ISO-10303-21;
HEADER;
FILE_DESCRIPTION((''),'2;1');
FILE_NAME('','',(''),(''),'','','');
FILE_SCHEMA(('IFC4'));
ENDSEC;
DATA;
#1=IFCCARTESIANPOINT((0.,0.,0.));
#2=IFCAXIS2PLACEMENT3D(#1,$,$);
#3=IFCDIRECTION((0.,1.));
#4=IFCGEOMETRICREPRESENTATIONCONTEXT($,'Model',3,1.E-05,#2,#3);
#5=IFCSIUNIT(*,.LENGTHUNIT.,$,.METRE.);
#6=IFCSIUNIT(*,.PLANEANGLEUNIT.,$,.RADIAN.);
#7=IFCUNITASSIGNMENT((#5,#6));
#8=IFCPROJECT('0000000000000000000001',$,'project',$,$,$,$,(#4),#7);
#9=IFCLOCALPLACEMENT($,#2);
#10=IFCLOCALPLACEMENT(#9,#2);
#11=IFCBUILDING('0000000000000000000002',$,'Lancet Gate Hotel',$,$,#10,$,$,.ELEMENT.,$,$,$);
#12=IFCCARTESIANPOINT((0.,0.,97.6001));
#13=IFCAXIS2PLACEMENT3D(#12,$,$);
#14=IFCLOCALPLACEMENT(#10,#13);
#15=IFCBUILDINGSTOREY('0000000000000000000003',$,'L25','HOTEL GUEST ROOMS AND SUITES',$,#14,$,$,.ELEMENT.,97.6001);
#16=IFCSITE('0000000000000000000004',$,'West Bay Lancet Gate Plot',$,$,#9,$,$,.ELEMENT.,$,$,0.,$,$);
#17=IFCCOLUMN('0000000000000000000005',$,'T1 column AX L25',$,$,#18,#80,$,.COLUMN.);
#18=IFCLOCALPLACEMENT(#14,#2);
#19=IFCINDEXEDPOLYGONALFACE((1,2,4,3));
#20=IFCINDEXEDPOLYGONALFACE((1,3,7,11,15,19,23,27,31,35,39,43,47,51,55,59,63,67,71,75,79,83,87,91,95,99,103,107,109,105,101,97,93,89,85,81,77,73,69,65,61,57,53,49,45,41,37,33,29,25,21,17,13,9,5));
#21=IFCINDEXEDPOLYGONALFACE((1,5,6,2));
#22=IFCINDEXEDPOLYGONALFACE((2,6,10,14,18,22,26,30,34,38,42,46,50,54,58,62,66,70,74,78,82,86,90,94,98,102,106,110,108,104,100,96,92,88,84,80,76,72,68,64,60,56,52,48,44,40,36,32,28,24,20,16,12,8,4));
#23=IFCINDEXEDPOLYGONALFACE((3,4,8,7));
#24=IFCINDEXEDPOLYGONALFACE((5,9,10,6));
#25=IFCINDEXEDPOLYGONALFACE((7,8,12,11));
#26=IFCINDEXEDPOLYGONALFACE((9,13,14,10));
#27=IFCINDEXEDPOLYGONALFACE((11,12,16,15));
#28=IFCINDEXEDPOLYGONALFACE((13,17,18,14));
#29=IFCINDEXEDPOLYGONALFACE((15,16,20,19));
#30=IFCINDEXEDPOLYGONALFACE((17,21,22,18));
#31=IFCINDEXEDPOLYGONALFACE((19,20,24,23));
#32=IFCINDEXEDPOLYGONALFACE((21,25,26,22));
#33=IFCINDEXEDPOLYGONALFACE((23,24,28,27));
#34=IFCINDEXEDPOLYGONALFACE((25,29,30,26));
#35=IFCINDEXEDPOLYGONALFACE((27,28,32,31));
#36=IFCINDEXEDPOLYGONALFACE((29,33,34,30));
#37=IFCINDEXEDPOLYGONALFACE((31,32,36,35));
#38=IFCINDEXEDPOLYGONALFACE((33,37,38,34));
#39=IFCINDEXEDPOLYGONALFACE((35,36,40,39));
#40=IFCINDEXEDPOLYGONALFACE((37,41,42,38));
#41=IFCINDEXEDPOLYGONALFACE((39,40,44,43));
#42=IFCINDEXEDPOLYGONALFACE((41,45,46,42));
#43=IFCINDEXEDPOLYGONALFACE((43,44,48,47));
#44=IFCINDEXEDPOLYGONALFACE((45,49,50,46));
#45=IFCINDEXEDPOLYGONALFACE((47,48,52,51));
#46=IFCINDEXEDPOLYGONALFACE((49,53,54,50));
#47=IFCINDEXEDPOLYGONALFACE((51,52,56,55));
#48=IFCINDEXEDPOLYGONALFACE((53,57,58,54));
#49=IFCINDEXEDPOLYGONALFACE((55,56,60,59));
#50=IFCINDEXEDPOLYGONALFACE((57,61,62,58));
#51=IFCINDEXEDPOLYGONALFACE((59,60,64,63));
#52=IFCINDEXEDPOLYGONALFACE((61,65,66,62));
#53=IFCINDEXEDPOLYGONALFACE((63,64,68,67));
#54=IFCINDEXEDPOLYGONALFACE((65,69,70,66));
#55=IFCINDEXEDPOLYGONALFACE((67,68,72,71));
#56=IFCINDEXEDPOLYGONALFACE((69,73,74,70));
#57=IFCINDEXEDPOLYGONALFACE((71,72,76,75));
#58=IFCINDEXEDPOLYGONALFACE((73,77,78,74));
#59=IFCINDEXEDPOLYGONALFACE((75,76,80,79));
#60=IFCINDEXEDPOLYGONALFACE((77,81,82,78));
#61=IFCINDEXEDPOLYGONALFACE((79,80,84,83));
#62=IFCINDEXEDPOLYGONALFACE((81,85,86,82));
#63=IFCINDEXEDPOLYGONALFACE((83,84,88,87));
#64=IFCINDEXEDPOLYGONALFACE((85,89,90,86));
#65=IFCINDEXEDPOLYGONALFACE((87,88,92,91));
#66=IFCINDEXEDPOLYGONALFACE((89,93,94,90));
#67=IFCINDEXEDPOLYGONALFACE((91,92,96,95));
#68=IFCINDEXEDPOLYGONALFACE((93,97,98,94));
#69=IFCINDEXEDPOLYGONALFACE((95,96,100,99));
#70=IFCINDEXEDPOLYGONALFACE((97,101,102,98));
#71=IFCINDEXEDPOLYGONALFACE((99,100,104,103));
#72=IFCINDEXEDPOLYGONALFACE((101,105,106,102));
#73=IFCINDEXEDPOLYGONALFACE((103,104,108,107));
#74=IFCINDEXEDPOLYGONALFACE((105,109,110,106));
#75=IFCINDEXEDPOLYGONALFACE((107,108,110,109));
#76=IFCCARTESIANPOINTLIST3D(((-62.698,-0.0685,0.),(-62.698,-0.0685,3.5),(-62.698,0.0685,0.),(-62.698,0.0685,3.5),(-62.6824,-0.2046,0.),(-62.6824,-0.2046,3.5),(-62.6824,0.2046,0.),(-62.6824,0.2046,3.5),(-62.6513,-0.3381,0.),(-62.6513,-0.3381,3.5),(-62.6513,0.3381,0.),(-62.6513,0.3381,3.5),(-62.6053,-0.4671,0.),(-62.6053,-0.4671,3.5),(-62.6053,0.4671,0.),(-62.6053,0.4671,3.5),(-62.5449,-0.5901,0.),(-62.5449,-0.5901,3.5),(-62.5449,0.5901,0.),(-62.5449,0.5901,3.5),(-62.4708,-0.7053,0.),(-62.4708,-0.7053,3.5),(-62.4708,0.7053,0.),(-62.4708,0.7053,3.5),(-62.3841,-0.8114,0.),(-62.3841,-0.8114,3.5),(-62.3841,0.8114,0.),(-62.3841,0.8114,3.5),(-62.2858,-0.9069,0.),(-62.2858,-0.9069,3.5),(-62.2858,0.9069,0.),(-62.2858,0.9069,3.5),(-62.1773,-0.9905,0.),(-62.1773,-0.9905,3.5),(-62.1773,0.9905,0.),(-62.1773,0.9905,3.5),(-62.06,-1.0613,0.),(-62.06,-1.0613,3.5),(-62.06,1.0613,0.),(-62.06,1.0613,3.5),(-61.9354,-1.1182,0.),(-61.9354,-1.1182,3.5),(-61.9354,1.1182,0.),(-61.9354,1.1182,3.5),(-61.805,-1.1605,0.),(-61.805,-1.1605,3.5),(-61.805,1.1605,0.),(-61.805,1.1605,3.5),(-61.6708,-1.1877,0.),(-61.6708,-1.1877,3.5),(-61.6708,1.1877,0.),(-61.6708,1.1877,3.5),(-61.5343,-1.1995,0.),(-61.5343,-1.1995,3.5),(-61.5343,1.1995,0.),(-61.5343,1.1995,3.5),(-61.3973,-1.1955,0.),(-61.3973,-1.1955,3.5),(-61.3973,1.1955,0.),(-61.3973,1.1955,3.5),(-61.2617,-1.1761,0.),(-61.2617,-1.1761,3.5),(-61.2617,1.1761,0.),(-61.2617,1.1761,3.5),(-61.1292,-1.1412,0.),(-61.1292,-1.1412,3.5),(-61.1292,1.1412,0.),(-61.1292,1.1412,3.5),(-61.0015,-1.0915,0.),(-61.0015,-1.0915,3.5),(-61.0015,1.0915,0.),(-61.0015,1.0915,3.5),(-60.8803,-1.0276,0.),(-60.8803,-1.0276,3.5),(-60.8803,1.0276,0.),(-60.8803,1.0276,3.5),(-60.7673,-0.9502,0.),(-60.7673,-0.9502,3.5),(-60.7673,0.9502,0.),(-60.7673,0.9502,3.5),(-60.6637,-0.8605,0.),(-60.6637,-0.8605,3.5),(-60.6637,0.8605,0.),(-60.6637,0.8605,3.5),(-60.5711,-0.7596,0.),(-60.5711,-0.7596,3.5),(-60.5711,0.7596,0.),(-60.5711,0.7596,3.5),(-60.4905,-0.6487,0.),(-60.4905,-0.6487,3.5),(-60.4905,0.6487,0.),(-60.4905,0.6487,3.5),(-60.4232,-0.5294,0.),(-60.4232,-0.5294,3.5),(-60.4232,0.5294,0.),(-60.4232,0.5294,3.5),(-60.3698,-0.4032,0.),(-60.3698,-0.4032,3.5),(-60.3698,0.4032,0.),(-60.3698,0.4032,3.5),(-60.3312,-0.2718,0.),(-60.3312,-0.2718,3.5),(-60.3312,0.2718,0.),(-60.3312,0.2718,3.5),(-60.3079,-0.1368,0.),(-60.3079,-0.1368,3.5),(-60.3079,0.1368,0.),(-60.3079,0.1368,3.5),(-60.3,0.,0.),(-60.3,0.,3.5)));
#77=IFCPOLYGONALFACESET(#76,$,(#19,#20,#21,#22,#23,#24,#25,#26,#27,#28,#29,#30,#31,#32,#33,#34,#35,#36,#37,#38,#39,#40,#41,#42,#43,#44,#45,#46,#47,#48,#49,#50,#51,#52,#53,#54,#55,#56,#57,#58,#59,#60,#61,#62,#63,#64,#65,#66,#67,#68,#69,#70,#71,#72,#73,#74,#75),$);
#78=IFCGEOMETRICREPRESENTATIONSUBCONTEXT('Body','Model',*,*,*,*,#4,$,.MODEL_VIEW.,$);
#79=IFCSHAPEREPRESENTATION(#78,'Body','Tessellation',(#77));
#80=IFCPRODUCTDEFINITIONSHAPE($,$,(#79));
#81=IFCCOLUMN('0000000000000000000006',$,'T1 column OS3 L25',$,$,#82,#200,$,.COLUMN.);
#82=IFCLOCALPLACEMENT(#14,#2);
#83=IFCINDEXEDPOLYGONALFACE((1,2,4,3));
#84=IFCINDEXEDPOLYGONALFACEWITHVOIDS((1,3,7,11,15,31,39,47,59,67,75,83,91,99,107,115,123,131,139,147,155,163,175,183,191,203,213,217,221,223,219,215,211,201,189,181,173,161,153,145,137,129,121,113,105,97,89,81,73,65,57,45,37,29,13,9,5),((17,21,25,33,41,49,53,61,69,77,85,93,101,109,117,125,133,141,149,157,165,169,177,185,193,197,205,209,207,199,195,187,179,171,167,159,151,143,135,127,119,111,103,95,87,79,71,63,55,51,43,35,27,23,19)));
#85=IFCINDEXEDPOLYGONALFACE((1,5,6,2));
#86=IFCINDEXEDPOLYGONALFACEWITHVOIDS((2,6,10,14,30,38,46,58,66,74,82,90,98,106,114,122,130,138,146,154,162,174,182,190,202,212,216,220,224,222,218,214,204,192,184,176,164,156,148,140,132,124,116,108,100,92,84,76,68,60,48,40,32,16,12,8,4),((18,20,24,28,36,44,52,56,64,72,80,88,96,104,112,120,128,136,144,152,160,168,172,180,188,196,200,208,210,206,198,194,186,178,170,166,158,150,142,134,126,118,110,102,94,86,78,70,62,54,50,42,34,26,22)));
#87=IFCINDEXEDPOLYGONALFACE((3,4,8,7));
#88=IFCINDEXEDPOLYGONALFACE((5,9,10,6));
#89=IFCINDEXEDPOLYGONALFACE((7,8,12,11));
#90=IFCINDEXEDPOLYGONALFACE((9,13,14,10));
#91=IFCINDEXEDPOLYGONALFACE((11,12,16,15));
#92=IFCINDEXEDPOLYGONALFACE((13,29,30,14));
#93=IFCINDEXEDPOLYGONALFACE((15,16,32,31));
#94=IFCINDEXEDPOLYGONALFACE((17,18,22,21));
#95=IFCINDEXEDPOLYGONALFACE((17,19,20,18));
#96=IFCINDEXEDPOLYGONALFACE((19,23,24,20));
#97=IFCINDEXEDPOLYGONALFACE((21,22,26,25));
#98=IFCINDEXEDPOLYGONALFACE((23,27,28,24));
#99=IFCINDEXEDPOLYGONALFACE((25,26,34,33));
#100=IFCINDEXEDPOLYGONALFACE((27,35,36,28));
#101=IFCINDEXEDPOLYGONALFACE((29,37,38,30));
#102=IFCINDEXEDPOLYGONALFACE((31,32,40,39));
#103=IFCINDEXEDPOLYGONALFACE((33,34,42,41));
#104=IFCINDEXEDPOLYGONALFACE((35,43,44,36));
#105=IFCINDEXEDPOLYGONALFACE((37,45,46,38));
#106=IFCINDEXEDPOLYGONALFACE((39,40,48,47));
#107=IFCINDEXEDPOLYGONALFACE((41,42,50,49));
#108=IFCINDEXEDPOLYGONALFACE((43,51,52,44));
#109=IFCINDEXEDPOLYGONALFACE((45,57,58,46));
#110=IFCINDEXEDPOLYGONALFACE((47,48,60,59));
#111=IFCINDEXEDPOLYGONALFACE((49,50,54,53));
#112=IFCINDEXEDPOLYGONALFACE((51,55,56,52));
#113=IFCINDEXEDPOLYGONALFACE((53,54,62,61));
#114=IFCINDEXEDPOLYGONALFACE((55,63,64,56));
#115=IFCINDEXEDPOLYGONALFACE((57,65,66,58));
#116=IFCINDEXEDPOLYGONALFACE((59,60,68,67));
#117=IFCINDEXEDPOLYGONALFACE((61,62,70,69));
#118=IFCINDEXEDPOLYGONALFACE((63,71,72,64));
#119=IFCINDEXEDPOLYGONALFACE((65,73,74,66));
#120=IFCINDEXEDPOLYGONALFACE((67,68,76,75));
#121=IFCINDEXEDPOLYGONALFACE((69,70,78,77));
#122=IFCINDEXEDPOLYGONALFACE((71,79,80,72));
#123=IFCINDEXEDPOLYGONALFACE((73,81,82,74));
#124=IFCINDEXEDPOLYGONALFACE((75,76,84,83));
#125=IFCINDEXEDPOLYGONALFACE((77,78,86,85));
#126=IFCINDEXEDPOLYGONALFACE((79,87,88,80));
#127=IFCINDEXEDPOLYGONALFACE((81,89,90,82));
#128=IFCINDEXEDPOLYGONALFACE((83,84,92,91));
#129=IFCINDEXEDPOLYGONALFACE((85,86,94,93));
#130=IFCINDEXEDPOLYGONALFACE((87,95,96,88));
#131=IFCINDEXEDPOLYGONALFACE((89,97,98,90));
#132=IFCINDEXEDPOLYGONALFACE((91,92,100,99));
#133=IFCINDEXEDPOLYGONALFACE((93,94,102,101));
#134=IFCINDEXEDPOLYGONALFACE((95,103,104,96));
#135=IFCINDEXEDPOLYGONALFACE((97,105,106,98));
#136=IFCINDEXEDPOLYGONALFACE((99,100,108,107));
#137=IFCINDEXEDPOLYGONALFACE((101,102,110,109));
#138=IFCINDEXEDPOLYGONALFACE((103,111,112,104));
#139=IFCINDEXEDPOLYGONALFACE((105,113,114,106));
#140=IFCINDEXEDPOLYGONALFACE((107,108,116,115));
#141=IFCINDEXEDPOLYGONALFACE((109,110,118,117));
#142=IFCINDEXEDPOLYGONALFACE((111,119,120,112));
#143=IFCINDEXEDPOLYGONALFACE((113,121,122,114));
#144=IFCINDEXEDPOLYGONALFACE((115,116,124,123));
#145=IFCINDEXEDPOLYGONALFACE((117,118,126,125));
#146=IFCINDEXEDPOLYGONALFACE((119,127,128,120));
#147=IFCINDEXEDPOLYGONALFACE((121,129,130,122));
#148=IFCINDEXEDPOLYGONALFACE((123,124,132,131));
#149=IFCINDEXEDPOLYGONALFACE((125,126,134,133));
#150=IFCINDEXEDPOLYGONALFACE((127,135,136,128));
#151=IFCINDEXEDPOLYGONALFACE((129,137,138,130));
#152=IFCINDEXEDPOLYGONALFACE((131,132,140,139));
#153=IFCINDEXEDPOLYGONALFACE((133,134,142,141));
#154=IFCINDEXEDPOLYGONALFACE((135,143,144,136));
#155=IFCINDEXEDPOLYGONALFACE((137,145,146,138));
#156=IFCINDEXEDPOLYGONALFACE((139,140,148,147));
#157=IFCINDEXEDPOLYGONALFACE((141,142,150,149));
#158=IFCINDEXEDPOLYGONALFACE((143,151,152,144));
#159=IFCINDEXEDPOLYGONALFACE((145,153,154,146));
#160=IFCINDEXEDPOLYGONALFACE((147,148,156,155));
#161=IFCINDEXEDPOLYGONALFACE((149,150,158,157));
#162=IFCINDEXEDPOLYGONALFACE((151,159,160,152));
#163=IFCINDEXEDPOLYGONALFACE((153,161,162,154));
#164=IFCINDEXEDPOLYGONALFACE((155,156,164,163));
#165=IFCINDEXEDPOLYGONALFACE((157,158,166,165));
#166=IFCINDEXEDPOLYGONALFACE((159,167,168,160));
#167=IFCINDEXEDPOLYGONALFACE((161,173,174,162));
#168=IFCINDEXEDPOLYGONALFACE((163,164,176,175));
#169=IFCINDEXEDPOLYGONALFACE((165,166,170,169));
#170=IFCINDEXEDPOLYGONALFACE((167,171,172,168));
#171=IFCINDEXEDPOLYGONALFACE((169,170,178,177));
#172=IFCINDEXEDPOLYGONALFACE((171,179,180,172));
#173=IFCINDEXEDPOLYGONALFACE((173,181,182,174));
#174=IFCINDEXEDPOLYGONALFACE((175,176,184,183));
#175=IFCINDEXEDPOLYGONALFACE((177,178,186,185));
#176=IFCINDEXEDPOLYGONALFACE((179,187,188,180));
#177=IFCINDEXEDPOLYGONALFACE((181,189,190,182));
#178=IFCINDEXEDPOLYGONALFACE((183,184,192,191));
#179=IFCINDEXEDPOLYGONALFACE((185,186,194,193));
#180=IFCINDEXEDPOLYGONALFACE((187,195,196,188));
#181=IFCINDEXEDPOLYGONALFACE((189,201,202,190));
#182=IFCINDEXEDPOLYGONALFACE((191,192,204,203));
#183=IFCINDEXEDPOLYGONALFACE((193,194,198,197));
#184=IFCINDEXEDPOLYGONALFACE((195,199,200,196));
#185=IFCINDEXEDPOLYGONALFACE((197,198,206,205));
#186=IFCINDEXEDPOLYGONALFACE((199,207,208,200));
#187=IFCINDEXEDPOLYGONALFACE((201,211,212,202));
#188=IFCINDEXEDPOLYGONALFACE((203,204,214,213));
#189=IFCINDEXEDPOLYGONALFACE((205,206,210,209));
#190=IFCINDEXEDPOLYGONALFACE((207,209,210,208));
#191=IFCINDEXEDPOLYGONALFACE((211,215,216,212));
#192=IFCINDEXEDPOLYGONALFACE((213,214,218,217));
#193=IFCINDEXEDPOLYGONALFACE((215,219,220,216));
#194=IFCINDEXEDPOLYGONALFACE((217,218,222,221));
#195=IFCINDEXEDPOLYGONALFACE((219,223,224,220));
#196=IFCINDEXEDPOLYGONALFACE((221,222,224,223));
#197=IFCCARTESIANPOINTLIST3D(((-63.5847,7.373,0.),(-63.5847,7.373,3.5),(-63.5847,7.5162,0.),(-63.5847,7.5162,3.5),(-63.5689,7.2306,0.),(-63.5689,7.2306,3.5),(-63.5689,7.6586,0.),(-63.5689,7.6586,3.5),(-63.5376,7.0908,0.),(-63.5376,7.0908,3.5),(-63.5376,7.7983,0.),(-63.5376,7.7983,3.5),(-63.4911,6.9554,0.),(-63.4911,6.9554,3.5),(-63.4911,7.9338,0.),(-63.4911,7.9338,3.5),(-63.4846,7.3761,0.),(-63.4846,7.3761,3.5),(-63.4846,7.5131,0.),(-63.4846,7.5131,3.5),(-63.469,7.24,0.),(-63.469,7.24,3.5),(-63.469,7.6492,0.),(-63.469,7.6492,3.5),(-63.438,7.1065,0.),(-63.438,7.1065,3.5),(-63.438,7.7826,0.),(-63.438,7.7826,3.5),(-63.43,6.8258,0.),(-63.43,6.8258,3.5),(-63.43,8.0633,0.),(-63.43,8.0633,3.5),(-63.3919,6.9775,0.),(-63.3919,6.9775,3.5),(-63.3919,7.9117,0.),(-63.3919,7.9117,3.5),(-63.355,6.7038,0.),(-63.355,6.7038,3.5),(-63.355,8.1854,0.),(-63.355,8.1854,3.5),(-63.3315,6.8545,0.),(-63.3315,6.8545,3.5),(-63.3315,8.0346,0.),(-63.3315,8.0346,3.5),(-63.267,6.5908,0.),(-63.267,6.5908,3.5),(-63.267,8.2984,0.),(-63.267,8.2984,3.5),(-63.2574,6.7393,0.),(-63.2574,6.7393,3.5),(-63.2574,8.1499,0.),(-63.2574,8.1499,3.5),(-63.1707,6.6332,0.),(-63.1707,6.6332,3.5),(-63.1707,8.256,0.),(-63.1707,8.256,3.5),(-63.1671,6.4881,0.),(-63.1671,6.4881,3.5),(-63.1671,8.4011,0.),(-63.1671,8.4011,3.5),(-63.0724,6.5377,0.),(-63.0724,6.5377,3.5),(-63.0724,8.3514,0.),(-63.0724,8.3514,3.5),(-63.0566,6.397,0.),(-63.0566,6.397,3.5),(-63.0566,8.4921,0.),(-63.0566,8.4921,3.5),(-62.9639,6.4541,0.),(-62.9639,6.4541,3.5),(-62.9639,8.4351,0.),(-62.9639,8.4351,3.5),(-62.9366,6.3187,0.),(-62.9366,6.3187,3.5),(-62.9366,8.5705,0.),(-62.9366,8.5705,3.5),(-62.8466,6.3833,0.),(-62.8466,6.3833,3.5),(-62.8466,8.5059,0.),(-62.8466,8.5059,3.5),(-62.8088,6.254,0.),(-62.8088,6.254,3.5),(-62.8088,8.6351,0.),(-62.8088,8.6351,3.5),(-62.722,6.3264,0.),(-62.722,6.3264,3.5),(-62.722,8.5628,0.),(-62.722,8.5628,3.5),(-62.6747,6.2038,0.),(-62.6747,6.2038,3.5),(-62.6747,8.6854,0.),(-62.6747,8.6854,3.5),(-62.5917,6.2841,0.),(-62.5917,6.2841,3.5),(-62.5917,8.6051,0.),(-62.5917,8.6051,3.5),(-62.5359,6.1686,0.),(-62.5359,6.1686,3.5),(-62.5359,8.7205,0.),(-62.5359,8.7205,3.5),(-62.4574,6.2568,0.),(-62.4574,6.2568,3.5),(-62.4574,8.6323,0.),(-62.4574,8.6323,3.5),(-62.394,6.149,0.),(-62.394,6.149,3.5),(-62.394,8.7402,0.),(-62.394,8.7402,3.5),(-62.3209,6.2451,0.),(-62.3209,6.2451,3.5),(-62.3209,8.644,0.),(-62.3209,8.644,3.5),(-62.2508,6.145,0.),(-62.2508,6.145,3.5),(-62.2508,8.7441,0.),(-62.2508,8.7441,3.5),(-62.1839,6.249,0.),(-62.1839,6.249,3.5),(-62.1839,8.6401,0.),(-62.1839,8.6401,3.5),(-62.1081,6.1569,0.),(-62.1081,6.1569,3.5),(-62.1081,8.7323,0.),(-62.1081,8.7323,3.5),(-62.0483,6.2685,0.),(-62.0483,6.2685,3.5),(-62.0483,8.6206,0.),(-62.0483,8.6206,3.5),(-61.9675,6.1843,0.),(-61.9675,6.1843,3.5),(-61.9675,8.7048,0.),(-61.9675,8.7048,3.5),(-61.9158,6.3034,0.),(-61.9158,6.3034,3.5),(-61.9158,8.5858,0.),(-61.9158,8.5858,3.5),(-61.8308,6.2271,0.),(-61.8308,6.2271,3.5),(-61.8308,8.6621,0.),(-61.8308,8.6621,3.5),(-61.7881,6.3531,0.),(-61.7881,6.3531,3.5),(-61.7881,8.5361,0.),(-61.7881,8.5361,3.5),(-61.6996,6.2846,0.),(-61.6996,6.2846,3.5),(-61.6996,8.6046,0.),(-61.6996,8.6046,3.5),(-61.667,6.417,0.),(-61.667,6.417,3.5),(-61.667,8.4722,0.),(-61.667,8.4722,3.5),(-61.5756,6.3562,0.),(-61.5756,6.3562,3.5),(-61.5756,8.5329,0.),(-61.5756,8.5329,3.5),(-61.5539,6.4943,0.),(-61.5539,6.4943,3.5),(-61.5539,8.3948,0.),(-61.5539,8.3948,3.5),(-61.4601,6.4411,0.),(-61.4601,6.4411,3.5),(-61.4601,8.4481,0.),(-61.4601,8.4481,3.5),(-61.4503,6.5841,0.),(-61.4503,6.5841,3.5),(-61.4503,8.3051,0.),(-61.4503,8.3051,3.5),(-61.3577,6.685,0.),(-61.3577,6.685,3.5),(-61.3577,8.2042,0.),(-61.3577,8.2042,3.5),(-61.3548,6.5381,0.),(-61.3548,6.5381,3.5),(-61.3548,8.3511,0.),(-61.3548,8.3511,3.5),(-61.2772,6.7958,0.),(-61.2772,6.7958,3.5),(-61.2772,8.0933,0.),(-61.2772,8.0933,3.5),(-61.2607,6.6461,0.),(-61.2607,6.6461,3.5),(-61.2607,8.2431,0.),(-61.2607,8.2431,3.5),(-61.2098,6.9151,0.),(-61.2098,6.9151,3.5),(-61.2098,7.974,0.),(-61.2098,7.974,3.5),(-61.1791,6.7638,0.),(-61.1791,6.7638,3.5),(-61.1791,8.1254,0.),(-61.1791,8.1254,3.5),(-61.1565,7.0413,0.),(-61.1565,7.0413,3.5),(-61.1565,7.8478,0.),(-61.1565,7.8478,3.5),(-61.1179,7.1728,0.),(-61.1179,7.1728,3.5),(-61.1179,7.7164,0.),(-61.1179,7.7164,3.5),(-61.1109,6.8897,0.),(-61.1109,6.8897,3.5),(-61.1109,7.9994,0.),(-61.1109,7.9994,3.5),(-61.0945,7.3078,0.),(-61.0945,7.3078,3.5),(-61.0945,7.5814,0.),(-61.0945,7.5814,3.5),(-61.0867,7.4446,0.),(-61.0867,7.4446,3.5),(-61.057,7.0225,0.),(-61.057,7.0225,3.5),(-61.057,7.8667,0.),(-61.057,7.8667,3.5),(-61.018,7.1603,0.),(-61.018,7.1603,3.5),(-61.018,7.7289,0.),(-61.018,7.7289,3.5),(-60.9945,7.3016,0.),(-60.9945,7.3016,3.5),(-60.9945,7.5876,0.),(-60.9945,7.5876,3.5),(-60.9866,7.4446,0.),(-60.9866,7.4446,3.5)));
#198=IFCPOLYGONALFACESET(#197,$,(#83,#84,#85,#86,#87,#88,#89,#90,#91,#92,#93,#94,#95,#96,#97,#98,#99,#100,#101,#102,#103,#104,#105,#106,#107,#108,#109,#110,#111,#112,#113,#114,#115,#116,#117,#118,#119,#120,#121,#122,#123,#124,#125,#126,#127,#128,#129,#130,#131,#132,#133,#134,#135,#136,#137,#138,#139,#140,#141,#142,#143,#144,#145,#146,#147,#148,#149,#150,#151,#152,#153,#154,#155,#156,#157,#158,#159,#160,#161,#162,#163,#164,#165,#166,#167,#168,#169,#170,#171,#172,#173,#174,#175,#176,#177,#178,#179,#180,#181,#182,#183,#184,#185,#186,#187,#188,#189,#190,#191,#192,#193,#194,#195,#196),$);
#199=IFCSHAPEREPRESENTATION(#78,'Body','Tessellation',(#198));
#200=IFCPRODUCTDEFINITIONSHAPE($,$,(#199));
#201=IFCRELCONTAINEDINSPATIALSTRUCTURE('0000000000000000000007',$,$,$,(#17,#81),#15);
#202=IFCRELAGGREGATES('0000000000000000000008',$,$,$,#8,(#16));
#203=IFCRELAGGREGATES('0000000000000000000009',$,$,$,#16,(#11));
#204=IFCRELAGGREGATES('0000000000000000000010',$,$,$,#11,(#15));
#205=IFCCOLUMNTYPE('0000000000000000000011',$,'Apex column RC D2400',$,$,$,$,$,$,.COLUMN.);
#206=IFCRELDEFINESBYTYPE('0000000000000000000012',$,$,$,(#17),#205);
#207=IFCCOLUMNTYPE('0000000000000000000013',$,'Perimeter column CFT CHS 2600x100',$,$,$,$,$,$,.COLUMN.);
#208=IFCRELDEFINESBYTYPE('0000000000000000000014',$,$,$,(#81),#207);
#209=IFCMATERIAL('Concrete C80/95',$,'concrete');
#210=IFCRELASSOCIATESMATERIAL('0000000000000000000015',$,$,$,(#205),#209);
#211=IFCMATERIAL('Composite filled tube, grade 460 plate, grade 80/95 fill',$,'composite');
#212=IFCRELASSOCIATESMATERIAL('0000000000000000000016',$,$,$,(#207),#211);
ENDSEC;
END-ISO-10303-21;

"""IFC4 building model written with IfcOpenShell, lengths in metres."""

from ifc_helpers import new_model, si_unit, direction, frame, origin, origin_2d, place, context, subcontext, project, spatial, circle, hollow_circle, extrude, material, material_profile, profile_set, type_object, element, save


model = new_model("IFC4")

# Units and contexts
model_context = context("Model", 3, precision=1e-05, world=origin(), true_north=direction((0.0, 1.0)))
body_context = subcontext(model_context, "Body", "Model", "MODEL_VIEW")
ifc_project = project(units=[si_unit("LENGTHUNIT", "METRE"), si_unit("PLANEANGLEUNIT", "RADIAN")], contexts=[model_context])

# Site, building, storey
site_placement = place(None, origin())
site = spatial("IfcSite", under=ifc_project, at=site_placement, Name="West Bay Lancet Gate Plot", CompositionType="ELEMENT", RefElevation=0.0)
building_placement = place(site_placement, origin())
building = spatial("IfcBuilding", under=site, at=building_placement, Name="Lancet Gate Hotel", CompositionType="ELEMENT")
storey_placement = place(building_placement, frame((0.0, 0.0, 97.6001)))
storey = spatial("IfcBuildingStorey", under=building, at=storey_placement, Name="L25", Description="HOTEL GUEST ROOMS AND SUITES", CompositionType="ELEMENT", Elevation=97.6001)

# Columns
ifc_material_1 = material(Name="Concrete C80/95", Category="concrete")
ifc_material_profile_1 = material_profile(ifc_material_1, circle(Radius=1.2, at=origin_2d()), Name="RC D2400")
ifc_profile_set_1 = profile_set([ifc_material_profile_1], Name="Concrete C80/95")
column_type_1 = type_object("IfcColumnType", Name="Apex column RC D2400", PredefinedType="COLUMN", material=ifc_profile_set_1)
column_1_placement = place(storey_placement, frame((-61.5, 0.0, 0.0), z_axis=(0.0, 0.0, 1.0), x_axis=(1.0, 0.0, 0.0)))
element("IfcColumn", 1, at=column_1_placement, inside=storey, type_object=column_type_1, Name="T1 column AX L25", PredefinedType="COLUMN", context=body_context, shape_type="SweptSolid", body=[
    extrude(circle(Radius=1.2, at=origin_2d()), origin(), (0.0, 0.0, 1.0), 3.5),
])
ifc_material_2 = material(Name="Composite filled tube, grade 460 plate, grade 80/95 fill", Category="composite")
ifc_material_profile_2 = material_profile(ifc_material_2, hollow_circle(Radius=1.3, WallThickness=0.1001, at=origin_2d()), Name="CHS 2600x100")
ifc_profile_set_2 = profile_set([ifc_material_profile_2], Name="Composite filled tube, grade 460 plate, grade 80/95 fill")
column_type_2 = type_object("IfcColumnType", Name="Perimeter column CFT CHS 2600x100", PredefinedType="COLUMN", material=ifc_profile_set_2)
column_2_placement = place(storey_placement, frame((-62.2866, 7.4446, 0.0), z_axis=(0.0, 0.0, 1.0), x_axis=(1.0, 0.0, 0.0)))
element("IfcColumn", 2, at=column_2_placement, inside=storey, type_object=column_type_2, Name="T1 column OS3 L25", PredefinedType="COLUMN", context=body_context, shape_type="SweptSolid", body=[
    extrude(hollow_circle(Radius=1.3, WallThickness=0.1001, at=origin_2d()), origin(), (0.0, 0.0, 1.0), 3.5),
])

save(model, "model.ifc")
